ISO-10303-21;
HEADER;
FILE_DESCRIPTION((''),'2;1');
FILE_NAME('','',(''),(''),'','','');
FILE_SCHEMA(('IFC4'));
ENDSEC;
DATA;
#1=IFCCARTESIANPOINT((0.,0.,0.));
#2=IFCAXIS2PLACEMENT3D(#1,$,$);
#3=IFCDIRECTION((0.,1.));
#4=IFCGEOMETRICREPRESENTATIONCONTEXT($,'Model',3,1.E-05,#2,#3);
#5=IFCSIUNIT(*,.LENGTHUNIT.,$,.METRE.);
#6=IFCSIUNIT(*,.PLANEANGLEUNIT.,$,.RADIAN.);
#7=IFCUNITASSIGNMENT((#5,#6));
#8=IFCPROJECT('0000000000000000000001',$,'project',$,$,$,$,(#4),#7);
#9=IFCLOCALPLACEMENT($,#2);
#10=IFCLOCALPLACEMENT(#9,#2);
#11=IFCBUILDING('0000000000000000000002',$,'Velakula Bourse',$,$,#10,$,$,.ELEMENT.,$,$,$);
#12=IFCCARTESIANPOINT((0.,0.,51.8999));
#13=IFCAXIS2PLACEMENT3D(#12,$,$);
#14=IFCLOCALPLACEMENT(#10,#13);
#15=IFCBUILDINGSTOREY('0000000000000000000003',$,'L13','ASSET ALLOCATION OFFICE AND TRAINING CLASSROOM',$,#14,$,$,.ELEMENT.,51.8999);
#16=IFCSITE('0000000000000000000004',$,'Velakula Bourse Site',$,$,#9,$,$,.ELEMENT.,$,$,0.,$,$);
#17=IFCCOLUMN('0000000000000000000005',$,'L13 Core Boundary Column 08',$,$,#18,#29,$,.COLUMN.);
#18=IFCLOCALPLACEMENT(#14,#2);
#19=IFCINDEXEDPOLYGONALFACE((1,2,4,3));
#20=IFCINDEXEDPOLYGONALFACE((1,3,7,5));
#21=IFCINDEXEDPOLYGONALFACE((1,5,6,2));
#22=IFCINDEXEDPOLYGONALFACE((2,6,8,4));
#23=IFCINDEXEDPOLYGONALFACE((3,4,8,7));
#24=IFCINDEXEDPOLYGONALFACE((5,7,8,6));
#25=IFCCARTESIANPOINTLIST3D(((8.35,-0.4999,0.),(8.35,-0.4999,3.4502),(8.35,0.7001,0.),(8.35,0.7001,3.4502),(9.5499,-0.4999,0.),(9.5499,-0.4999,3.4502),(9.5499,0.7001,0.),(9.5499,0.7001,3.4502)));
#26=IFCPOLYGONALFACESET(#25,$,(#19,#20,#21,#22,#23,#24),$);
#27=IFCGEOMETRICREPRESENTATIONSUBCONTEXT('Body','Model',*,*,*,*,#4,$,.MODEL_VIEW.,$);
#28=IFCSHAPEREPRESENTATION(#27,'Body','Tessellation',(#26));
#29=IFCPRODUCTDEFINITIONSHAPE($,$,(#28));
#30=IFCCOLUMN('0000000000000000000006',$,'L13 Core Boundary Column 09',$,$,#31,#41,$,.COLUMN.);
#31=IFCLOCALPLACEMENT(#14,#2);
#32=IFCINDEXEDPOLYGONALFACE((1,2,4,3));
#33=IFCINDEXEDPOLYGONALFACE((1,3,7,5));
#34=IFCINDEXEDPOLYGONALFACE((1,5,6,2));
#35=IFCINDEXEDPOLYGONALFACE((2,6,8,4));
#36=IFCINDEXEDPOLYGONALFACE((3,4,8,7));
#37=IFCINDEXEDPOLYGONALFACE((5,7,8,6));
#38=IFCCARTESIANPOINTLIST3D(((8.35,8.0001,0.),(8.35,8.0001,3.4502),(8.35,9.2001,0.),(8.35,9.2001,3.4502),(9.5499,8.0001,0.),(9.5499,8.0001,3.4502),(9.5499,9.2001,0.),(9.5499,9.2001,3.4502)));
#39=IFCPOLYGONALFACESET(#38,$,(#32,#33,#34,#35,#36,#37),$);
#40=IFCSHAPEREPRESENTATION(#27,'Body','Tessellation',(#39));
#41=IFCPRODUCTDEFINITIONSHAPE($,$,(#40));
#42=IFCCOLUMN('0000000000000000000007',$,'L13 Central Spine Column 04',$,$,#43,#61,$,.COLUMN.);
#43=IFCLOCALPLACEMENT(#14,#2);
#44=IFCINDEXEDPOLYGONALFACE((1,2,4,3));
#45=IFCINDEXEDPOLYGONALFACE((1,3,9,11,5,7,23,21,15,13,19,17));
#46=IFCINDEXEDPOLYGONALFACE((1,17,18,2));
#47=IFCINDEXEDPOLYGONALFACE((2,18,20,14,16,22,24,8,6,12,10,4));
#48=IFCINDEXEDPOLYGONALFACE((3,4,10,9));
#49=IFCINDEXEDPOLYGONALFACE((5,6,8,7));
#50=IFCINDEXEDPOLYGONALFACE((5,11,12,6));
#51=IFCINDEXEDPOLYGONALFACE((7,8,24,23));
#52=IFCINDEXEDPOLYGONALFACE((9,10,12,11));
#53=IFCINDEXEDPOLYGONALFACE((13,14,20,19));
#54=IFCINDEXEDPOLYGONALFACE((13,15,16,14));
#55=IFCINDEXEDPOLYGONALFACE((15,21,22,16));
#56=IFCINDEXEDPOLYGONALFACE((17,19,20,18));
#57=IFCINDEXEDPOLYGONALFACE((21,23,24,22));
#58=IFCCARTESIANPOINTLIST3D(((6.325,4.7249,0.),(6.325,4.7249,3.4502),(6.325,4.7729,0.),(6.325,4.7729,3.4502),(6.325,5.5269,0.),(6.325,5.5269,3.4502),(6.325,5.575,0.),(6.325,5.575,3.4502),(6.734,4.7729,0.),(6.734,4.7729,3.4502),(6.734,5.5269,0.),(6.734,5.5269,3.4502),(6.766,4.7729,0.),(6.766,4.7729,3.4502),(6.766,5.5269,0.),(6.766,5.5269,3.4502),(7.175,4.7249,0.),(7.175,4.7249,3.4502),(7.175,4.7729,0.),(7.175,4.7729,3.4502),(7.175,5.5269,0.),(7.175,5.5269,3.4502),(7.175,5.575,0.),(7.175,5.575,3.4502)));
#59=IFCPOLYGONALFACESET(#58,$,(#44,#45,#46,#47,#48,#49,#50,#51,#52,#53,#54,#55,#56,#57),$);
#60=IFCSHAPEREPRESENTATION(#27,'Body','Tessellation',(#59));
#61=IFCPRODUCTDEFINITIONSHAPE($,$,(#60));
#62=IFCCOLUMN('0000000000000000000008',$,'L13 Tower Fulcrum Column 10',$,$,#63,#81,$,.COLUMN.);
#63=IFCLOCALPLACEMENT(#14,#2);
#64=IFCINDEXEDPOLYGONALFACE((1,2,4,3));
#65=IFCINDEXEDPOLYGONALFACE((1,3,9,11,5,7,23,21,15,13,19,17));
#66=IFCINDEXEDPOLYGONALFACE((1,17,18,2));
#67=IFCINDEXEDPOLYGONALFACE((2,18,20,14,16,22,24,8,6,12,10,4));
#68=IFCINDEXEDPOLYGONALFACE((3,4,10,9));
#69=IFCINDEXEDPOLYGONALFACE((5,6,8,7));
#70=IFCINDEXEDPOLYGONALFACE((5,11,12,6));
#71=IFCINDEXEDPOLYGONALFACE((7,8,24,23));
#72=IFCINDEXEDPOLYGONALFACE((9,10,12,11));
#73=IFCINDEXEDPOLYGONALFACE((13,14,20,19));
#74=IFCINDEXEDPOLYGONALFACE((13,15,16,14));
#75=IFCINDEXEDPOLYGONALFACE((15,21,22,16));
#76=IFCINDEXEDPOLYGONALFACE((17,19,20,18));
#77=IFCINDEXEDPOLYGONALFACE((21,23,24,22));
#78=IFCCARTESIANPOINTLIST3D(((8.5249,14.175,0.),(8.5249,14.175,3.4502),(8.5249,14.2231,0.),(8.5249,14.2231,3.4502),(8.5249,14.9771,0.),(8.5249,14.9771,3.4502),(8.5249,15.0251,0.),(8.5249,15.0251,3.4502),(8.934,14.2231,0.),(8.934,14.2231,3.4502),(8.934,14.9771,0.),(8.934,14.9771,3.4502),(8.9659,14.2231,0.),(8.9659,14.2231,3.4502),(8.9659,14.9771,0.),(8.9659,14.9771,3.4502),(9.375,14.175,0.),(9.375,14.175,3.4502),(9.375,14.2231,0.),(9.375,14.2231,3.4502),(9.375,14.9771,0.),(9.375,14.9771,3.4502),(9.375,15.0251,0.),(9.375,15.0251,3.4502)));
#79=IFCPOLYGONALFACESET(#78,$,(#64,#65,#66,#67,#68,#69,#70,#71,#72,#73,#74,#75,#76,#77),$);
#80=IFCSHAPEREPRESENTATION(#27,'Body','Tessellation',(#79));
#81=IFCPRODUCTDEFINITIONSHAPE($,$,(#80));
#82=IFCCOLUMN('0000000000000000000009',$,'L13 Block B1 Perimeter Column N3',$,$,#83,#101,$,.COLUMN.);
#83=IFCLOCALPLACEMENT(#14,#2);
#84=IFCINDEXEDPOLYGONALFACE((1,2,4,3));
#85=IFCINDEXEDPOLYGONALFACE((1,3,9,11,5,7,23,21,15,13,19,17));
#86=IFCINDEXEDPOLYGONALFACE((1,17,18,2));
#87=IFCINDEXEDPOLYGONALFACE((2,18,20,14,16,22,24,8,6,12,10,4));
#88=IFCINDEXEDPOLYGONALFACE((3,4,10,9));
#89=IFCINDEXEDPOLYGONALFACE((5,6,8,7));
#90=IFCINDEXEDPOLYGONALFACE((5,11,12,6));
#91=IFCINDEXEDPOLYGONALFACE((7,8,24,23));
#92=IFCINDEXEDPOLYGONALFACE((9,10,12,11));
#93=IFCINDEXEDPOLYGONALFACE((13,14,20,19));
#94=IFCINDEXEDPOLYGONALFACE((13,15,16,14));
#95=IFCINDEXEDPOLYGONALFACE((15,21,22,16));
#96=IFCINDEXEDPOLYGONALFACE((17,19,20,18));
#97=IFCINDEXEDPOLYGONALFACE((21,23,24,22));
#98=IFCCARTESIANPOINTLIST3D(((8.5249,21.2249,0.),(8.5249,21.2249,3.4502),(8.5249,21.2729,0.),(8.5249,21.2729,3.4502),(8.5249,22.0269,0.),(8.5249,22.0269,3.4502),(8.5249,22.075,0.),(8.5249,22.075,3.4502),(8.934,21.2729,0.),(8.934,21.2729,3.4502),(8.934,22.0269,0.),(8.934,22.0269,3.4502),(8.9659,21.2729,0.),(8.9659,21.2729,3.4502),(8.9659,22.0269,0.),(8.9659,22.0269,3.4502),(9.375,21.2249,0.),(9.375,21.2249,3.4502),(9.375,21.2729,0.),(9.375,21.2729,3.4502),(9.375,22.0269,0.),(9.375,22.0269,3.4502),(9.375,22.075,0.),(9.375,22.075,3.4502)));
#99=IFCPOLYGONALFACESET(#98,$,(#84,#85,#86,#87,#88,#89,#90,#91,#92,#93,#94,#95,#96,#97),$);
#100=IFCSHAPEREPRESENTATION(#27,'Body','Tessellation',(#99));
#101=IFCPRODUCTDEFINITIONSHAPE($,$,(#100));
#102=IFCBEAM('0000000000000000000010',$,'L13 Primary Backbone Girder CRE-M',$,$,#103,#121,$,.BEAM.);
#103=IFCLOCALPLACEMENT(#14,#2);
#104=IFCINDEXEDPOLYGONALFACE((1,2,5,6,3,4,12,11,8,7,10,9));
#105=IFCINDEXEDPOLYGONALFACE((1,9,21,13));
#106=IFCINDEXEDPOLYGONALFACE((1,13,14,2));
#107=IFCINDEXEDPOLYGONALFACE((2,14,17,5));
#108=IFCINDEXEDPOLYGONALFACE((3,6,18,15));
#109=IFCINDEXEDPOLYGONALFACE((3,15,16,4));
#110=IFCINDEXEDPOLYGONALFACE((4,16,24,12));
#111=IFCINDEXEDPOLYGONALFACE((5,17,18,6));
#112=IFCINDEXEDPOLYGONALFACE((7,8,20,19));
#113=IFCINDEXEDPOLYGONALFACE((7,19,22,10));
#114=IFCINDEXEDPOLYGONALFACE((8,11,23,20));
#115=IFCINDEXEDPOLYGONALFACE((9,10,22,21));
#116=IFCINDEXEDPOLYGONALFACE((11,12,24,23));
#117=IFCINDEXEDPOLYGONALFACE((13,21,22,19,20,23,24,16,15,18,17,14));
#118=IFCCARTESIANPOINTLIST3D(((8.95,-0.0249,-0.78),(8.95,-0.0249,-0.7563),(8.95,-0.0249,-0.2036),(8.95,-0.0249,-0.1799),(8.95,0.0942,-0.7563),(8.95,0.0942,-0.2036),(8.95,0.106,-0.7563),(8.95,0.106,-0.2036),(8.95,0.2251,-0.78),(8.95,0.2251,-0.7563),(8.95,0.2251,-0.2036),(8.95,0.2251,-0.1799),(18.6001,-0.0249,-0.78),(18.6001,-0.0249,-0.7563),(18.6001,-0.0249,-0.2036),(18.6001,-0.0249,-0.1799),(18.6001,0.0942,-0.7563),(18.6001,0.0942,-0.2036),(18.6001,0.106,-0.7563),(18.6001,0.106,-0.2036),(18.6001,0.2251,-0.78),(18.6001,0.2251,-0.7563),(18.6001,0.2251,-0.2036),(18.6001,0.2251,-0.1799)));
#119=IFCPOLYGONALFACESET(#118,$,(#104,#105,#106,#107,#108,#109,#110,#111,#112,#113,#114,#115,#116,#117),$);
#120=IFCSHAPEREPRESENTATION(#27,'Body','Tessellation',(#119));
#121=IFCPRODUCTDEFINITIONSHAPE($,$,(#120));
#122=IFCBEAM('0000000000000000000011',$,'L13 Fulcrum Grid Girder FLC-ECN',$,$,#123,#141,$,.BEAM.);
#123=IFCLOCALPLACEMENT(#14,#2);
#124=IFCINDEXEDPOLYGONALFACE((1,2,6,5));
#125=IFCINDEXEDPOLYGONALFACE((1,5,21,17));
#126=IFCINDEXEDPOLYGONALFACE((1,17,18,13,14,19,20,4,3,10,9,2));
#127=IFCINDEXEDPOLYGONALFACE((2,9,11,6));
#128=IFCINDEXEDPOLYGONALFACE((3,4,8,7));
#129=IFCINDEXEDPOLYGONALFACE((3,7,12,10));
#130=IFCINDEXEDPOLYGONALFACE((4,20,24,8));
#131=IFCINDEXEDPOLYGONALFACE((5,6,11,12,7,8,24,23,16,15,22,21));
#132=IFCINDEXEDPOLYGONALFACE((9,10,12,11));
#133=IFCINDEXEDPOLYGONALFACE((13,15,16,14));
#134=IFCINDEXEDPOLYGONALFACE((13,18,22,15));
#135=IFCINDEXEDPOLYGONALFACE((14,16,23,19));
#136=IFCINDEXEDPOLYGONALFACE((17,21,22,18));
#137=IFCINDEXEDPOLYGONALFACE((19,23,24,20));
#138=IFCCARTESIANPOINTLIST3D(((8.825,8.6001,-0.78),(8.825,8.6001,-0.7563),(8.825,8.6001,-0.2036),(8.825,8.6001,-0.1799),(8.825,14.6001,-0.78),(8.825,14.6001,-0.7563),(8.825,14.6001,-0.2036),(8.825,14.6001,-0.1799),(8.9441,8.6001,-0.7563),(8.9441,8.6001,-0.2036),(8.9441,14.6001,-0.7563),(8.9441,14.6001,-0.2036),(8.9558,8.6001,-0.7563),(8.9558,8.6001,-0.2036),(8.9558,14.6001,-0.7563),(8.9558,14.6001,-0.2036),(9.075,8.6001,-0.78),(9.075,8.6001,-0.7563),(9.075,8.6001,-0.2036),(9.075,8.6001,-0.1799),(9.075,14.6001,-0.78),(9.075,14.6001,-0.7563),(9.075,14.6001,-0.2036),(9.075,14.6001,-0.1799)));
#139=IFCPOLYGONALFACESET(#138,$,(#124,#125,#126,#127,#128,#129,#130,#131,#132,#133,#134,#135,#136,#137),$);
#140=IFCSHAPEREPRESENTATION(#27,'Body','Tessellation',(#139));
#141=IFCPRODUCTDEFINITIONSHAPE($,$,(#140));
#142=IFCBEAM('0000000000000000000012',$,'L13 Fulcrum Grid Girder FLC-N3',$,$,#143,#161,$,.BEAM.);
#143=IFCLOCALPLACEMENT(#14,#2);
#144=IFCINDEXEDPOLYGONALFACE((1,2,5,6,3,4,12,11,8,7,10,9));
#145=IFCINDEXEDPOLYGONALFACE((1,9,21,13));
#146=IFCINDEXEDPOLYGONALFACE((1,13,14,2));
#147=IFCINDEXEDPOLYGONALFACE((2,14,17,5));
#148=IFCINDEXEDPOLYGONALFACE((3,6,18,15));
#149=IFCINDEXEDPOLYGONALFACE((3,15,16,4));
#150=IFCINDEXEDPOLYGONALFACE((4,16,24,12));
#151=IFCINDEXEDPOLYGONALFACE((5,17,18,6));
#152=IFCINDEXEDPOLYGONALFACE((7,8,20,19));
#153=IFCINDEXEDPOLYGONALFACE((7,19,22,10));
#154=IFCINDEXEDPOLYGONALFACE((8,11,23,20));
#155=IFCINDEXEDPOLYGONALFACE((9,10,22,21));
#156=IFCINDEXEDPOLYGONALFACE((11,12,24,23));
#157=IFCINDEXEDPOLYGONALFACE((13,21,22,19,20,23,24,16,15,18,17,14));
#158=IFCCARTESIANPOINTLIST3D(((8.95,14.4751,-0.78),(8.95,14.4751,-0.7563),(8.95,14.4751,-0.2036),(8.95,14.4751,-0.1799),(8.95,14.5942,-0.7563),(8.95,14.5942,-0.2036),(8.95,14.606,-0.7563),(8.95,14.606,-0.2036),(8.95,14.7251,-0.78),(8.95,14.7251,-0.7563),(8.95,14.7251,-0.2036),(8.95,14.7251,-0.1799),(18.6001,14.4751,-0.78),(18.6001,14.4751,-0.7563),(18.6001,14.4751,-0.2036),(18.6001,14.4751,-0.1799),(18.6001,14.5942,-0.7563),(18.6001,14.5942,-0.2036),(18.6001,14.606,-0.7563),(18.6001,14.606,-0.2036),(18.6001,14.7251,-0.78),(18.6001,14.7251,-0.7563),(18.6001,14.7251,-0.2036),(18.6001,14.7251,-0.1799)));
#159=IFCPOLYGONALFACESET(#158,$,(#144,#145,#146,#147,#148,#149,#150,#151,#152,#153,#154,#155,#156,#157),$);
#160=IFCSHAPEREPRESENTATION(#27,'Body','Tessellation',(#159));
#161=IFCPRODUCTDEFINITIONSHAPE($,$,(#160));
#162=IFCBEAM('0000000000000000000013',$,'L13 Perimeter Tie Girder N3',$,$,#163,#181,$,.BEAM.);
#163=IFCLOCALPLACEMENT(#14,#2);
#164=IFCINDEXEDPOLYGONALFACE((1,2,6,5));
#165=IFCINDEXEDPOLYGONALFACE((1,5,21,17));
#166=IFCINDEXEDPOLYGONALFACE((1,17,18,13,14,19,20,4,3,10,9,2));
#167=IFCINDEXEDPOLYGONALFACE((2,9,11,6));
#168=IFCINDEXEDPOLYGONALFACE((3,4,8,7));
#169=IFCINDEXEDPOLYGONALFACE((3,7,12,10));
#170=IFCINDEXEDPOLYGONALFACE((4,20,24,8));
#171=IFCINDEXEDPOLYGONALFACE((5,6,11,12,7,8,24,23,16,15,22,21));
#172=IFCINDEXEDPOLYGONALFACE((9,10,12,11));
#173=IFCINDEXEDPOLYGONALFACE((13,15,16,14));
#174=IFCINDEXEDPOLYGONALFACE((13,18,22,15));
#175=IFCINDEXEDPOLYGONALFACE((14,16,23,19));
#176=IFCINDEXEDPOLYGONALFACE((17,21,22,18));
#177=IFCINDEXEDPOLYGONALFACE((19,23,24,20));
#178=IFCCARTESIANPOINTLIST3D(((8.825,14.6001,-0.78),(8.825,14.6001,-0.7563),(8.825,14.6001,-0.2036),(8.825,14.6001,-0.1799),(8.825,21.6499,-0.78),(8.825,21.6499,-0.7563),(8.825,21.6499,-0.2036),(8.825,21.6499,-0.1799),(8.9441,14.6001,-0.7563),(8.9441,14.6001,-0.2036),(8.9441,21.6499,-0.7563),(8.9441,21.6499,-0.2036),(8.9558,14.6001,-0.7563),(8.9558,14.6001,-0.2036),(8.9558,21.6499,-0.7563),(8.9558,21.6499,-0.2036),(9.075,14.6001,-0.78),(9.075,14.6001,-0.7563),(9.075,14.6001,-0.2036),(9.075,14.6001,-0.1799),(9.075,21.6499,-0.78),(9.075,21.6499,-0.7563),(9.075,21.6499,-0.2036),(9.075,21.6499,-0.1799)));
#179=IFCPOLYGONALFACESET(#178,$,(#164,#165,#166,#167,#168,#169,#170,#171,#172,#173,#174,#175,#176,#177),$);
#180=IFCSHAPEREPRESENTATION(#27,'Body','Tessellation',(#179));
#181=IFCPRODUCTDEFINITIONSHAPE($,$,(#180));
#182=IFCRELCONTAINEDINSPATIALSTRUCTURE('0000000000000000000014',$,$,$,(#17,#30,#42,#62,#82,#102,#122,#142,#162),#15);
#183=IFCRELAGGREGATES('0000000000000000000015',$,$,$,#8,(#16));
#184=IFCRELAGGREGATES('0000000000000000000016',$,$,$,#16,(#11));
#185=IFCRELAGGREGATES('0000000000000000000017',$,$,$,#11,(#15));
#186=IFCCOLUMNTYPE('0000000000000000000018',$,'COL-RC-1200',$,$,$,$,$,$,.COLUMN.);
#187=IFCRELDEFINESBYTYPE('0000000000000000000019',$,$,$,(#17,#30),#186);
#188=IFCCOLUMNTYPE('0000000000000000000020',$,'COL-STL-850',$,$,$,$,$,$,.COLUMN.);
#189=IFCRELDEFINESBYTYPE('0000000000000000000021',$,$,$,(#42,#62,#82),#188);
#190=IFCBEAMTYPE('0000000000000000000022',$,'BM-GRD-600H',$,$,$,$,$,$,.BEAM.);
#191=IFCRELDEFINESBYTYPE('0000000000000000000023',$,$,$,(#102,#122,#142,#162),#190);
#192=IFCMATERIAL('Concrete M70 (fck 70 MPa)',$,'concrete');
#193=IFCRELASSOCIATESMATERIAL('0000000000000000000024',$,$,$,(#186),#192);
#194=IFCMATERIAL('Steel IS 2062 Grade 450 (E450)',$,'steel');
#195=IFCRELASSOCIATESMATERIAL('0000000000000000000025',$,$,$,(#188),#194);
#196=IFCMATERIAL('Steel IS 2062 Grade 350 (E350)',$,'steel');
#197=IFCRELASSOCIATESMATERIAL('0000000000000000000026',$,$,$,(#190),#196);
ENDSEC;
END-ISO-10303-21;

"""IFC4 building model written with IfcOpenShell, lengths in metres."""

from ifc_helpers import new_model, si_unit, direction, frame, origin, origin_2d, place, context, subcontext, project, spatial, rectangle, i_section, extrude, material, material_profile, profile_set, type_object, element, save


model = new_model("IFC4")

# Units and contexts
model_context = context("Model", 3, precision=1e-05, world=origin(), true_north=direction((0.0, 1.0)))
body_context = subcontext(model_context, "Body", "Model", "MODEL_VIEW")
ifc_project = project(units=[si_unit("LENGTHUNIT", "METRE"), si_unit("PLANEANGLEUNIT", "RADIAN")], contexts=[model_context])

# Site, building, storey
site_placement = place(None, origin())
site = spatial("IfcSite", under=ifc_project, at=site_placement, Name="Velakula Bourse Site", CompositionType="ELEMENT", RefElevation=0.0)
building_placement = place(site_placement, origin())
building = spatial("IfcBuilding", under=site, at=building_placement, Name="Velakula Bourse", CompositionType="ELEMENT")
storey_placement = place(building_placement, frame((0.0, 0.0, 51.8999)))
storey = spatial("IfcBuildingStorey", under=building, at=storey_placement, Name="L13", Description="ASSET ALLOCATION OFFICE AND TRAINING CLASSROOM", CompositionType="ELEMENT", Elevation=51.8999)

# Columns
ifc_material_1 = material(Name="Concrete M70 (fck 70 MPa)", Category="concrete")
ifc_material_profile_1 = material_profile(ifc_material_1, rectangle(XDim=1.2, YDim=1.2, at=origin_2d()), Name="Concrete M70 (fck 70 MPa)")
ifc_profile_set_1 = profile_set([ifc_material_profile_1], Name="Concrete M70 (fck 70 MPa)")
column_type_1 = type_object("IfcColumnType", Name="COL-RC-1200", PredefinedType="COLUMN", material=ifc_profile_set_1)
for number, where, z_axis, x_axis, name in (
    (1, (8.95, 0.1001, 0.0), (0.0, 0.0, 1.0), (1.0, 0.0, 0.0), "L13 Core Boundary Column 08"),
    (2, (8.95, 8.6001, 0.0), (0.0, 0.0, 1.0), (1.0, 0.0, 0.0), "L13 Core Boundary Column 09"),
):
    element("IfcColumn", number, at=place(storey_placement, frame(where, z_axis=z_axis, x_axis=x_axis)), inside=storey, type_object=column_type_1, Name=name, PredefinedType="COLUMN", context=body_context, shape_type="SweptSolid", body=[
        extrude(rectangle(XDim=1.2, YDim=1.2, at=origin_2d()), origin(), (0.0, 0.0, 1.0), 3.4502),
    ])
ifc_material_2 = material(Name="Steel IS 2062 Grade 450 (E450)", Category="steel")
ifc_material_profile_2 = material_profile(ifc_material_2, i_section(OverallWidth=0.8501, OverallDepth=0.8501, WebThickness=0.032, FlangeThickness=0.0481, at=origin_2d()), Name="Steel IS 2062 Grade 450 (E450)")
ifc_profile_set_2 = profile_set([ifc_material_profile_2], Name="Steel IS 2062 Grade 450 (E450)")
column_type_2 = type_object("IfcColumnType", Name="COL-STL-850", PredefinedType="COLUMN", material=ifc_profile_set_2)
for number, where, z_axis, x_axis, name in (
    (3, (6.75, 5.1499, 0.0), (0.0, 0.0, 1.0), (1.0, 0.0, 0.0), "L13 Central Spine Column 04"),
    (4, (8.95, 14.6001, 0.0), (0.0, 0.0, 1.0), (1.0, 0.0, 0.0), "L13 Tower Fulcrum Column 10"),
    (5, (8.95, 21.6499, 0.0), (0.0, 0.0, 1.0), (1.0, 0.0, 0.0), "L13 Block B1 Perimeter Column N3"),
):
    element("IfcColumn", number, at=place(storey_placement, frame(where, z_axis=z_axis, x_axis=x_axis)), inside=storey, type_object=column_type_2, Name=name, PredefinedType="COLUMN", context=body_context, shape_type="SweptSolid", body=[
        extrude(i_section(OverallWidth=0.8501, OverallDepth=0.8501, WebThickness=0.032, FlangeThickness=0.0481, at=origin_2d()), origin(), (0.0, 0.0, 1.0), 3.4502),
    ])

# Beams
ifc_material_3 = material(Name="Steel IS 2062 Grade 350 (E350)", Category="steel")
ifc_material_profile_3 = material_profile(ifc_material_3, i_section(OverallWidth=0.25, OverallDepth=0.6001, WebThickness=0.0117, FlangeThickness=0.0237, at=origin_2d()), Name="Steel IS 2062 Grade 350 (E350)")
ifc_profile_set_3 = profile_set([ifc_material_profile_3], Name="Steel IS 2062 Grade 350 (E350)")
beam_type_1 = type_object("IfcBeamType", Name="BM-GRD-600H", PredefinedType="BEAM", material=ifc_profile_set_3)
beam_1_placement = place(storey_placement, frame((8.95, 0.1001, -0.48), z_axis=(1.0, 0.0, 0.0), x_axis=(0.0, 1.0, 0.0)))
element("IfcBeam", 6, at=beam_1_placement, inside=storey, type_object=beam_type_1, Name="L13 Primary Backbone Girder CRE-M", PredefinedType="BEAM", context=body_context, shape_type="SweptSolid", body=[
    extrude(i_section(OverallWidth=0.25, OverallDepth=0.6001, WebThickness=0.0117, FlangeThickness=0.0237, at=origin_2d()), origin(), (0.0, 0.0, 1.0), 9.6501),
])
beam_2_placement = place(storey_placement, frame((8.95, 8.6001, -0.48), z_axis=(0.0, 1.0, 0.0), x_axis=(-1.0, 0.0, 0.0)))
element("IfcBeam", 7, at=beam_2_placement, inside=storey, type_object=beam_type_1, Name="L13 Fulcrum Grid Girder FLC-ECN", PredefinedType="BEAM", context=body_context, shape_type="SweptSolid", body=[
    extrude(i_section(OverallWidth=0.25, OverallDepth=0.6001, WebThickness=0.0117, FlangeThickness=0.0237, at=origin_2d()), origin(), (0.0, 0.0, 1.0), 6.0),
])
beam_3_placement = place(storey_placement, frame((8.95, 14.6001, -0.48), z_axis=(1.0, 0.0, 0.0), x_axis=(0.0, 1.0, 0.0)))
element("IfcBeam", 8, at=beam_3_placement, inside=storey, type_object=beam_type_1, Name="L13 Fulcrum Grid Girder FLC-N3", PredefinedType="BEAM", context=body_context, shape_type="SweptSolid", body=[
    extrude(i_section(OverallWidth=0.25, OverallDepth=0.6001, WebThickness=0.0117, FlangeThickness=0.0237, at=origin_2d()), origin(), (0.0, 0.0, 1.0), 9.6501),
])
beam_4_placement = place(storey_placement, frame((8.95, 14.6001, -0.48), z_axis=(0.0, 1.0, 0.0), x_axis=(-1.0, 0.0, 0.0)))
element("IfcBeam", 9, at=beam_4_placement, inside=storey, type_object=beam_type_1, Name="L13 Perimeter Tie Girder N3", PredefinedType="BEAM", context=body_context, shape_type="SweptSolid", body=[
    extrude(i_section(OverallWidth=0.25, OverallDepth=0.6001, WebThickness=0.0117, FlangeThickness=0.0237, at=origin_2d()), origin(), (0.0, 0.0, 1.0), 7.0498),
])

save(model, "model.ifc")
